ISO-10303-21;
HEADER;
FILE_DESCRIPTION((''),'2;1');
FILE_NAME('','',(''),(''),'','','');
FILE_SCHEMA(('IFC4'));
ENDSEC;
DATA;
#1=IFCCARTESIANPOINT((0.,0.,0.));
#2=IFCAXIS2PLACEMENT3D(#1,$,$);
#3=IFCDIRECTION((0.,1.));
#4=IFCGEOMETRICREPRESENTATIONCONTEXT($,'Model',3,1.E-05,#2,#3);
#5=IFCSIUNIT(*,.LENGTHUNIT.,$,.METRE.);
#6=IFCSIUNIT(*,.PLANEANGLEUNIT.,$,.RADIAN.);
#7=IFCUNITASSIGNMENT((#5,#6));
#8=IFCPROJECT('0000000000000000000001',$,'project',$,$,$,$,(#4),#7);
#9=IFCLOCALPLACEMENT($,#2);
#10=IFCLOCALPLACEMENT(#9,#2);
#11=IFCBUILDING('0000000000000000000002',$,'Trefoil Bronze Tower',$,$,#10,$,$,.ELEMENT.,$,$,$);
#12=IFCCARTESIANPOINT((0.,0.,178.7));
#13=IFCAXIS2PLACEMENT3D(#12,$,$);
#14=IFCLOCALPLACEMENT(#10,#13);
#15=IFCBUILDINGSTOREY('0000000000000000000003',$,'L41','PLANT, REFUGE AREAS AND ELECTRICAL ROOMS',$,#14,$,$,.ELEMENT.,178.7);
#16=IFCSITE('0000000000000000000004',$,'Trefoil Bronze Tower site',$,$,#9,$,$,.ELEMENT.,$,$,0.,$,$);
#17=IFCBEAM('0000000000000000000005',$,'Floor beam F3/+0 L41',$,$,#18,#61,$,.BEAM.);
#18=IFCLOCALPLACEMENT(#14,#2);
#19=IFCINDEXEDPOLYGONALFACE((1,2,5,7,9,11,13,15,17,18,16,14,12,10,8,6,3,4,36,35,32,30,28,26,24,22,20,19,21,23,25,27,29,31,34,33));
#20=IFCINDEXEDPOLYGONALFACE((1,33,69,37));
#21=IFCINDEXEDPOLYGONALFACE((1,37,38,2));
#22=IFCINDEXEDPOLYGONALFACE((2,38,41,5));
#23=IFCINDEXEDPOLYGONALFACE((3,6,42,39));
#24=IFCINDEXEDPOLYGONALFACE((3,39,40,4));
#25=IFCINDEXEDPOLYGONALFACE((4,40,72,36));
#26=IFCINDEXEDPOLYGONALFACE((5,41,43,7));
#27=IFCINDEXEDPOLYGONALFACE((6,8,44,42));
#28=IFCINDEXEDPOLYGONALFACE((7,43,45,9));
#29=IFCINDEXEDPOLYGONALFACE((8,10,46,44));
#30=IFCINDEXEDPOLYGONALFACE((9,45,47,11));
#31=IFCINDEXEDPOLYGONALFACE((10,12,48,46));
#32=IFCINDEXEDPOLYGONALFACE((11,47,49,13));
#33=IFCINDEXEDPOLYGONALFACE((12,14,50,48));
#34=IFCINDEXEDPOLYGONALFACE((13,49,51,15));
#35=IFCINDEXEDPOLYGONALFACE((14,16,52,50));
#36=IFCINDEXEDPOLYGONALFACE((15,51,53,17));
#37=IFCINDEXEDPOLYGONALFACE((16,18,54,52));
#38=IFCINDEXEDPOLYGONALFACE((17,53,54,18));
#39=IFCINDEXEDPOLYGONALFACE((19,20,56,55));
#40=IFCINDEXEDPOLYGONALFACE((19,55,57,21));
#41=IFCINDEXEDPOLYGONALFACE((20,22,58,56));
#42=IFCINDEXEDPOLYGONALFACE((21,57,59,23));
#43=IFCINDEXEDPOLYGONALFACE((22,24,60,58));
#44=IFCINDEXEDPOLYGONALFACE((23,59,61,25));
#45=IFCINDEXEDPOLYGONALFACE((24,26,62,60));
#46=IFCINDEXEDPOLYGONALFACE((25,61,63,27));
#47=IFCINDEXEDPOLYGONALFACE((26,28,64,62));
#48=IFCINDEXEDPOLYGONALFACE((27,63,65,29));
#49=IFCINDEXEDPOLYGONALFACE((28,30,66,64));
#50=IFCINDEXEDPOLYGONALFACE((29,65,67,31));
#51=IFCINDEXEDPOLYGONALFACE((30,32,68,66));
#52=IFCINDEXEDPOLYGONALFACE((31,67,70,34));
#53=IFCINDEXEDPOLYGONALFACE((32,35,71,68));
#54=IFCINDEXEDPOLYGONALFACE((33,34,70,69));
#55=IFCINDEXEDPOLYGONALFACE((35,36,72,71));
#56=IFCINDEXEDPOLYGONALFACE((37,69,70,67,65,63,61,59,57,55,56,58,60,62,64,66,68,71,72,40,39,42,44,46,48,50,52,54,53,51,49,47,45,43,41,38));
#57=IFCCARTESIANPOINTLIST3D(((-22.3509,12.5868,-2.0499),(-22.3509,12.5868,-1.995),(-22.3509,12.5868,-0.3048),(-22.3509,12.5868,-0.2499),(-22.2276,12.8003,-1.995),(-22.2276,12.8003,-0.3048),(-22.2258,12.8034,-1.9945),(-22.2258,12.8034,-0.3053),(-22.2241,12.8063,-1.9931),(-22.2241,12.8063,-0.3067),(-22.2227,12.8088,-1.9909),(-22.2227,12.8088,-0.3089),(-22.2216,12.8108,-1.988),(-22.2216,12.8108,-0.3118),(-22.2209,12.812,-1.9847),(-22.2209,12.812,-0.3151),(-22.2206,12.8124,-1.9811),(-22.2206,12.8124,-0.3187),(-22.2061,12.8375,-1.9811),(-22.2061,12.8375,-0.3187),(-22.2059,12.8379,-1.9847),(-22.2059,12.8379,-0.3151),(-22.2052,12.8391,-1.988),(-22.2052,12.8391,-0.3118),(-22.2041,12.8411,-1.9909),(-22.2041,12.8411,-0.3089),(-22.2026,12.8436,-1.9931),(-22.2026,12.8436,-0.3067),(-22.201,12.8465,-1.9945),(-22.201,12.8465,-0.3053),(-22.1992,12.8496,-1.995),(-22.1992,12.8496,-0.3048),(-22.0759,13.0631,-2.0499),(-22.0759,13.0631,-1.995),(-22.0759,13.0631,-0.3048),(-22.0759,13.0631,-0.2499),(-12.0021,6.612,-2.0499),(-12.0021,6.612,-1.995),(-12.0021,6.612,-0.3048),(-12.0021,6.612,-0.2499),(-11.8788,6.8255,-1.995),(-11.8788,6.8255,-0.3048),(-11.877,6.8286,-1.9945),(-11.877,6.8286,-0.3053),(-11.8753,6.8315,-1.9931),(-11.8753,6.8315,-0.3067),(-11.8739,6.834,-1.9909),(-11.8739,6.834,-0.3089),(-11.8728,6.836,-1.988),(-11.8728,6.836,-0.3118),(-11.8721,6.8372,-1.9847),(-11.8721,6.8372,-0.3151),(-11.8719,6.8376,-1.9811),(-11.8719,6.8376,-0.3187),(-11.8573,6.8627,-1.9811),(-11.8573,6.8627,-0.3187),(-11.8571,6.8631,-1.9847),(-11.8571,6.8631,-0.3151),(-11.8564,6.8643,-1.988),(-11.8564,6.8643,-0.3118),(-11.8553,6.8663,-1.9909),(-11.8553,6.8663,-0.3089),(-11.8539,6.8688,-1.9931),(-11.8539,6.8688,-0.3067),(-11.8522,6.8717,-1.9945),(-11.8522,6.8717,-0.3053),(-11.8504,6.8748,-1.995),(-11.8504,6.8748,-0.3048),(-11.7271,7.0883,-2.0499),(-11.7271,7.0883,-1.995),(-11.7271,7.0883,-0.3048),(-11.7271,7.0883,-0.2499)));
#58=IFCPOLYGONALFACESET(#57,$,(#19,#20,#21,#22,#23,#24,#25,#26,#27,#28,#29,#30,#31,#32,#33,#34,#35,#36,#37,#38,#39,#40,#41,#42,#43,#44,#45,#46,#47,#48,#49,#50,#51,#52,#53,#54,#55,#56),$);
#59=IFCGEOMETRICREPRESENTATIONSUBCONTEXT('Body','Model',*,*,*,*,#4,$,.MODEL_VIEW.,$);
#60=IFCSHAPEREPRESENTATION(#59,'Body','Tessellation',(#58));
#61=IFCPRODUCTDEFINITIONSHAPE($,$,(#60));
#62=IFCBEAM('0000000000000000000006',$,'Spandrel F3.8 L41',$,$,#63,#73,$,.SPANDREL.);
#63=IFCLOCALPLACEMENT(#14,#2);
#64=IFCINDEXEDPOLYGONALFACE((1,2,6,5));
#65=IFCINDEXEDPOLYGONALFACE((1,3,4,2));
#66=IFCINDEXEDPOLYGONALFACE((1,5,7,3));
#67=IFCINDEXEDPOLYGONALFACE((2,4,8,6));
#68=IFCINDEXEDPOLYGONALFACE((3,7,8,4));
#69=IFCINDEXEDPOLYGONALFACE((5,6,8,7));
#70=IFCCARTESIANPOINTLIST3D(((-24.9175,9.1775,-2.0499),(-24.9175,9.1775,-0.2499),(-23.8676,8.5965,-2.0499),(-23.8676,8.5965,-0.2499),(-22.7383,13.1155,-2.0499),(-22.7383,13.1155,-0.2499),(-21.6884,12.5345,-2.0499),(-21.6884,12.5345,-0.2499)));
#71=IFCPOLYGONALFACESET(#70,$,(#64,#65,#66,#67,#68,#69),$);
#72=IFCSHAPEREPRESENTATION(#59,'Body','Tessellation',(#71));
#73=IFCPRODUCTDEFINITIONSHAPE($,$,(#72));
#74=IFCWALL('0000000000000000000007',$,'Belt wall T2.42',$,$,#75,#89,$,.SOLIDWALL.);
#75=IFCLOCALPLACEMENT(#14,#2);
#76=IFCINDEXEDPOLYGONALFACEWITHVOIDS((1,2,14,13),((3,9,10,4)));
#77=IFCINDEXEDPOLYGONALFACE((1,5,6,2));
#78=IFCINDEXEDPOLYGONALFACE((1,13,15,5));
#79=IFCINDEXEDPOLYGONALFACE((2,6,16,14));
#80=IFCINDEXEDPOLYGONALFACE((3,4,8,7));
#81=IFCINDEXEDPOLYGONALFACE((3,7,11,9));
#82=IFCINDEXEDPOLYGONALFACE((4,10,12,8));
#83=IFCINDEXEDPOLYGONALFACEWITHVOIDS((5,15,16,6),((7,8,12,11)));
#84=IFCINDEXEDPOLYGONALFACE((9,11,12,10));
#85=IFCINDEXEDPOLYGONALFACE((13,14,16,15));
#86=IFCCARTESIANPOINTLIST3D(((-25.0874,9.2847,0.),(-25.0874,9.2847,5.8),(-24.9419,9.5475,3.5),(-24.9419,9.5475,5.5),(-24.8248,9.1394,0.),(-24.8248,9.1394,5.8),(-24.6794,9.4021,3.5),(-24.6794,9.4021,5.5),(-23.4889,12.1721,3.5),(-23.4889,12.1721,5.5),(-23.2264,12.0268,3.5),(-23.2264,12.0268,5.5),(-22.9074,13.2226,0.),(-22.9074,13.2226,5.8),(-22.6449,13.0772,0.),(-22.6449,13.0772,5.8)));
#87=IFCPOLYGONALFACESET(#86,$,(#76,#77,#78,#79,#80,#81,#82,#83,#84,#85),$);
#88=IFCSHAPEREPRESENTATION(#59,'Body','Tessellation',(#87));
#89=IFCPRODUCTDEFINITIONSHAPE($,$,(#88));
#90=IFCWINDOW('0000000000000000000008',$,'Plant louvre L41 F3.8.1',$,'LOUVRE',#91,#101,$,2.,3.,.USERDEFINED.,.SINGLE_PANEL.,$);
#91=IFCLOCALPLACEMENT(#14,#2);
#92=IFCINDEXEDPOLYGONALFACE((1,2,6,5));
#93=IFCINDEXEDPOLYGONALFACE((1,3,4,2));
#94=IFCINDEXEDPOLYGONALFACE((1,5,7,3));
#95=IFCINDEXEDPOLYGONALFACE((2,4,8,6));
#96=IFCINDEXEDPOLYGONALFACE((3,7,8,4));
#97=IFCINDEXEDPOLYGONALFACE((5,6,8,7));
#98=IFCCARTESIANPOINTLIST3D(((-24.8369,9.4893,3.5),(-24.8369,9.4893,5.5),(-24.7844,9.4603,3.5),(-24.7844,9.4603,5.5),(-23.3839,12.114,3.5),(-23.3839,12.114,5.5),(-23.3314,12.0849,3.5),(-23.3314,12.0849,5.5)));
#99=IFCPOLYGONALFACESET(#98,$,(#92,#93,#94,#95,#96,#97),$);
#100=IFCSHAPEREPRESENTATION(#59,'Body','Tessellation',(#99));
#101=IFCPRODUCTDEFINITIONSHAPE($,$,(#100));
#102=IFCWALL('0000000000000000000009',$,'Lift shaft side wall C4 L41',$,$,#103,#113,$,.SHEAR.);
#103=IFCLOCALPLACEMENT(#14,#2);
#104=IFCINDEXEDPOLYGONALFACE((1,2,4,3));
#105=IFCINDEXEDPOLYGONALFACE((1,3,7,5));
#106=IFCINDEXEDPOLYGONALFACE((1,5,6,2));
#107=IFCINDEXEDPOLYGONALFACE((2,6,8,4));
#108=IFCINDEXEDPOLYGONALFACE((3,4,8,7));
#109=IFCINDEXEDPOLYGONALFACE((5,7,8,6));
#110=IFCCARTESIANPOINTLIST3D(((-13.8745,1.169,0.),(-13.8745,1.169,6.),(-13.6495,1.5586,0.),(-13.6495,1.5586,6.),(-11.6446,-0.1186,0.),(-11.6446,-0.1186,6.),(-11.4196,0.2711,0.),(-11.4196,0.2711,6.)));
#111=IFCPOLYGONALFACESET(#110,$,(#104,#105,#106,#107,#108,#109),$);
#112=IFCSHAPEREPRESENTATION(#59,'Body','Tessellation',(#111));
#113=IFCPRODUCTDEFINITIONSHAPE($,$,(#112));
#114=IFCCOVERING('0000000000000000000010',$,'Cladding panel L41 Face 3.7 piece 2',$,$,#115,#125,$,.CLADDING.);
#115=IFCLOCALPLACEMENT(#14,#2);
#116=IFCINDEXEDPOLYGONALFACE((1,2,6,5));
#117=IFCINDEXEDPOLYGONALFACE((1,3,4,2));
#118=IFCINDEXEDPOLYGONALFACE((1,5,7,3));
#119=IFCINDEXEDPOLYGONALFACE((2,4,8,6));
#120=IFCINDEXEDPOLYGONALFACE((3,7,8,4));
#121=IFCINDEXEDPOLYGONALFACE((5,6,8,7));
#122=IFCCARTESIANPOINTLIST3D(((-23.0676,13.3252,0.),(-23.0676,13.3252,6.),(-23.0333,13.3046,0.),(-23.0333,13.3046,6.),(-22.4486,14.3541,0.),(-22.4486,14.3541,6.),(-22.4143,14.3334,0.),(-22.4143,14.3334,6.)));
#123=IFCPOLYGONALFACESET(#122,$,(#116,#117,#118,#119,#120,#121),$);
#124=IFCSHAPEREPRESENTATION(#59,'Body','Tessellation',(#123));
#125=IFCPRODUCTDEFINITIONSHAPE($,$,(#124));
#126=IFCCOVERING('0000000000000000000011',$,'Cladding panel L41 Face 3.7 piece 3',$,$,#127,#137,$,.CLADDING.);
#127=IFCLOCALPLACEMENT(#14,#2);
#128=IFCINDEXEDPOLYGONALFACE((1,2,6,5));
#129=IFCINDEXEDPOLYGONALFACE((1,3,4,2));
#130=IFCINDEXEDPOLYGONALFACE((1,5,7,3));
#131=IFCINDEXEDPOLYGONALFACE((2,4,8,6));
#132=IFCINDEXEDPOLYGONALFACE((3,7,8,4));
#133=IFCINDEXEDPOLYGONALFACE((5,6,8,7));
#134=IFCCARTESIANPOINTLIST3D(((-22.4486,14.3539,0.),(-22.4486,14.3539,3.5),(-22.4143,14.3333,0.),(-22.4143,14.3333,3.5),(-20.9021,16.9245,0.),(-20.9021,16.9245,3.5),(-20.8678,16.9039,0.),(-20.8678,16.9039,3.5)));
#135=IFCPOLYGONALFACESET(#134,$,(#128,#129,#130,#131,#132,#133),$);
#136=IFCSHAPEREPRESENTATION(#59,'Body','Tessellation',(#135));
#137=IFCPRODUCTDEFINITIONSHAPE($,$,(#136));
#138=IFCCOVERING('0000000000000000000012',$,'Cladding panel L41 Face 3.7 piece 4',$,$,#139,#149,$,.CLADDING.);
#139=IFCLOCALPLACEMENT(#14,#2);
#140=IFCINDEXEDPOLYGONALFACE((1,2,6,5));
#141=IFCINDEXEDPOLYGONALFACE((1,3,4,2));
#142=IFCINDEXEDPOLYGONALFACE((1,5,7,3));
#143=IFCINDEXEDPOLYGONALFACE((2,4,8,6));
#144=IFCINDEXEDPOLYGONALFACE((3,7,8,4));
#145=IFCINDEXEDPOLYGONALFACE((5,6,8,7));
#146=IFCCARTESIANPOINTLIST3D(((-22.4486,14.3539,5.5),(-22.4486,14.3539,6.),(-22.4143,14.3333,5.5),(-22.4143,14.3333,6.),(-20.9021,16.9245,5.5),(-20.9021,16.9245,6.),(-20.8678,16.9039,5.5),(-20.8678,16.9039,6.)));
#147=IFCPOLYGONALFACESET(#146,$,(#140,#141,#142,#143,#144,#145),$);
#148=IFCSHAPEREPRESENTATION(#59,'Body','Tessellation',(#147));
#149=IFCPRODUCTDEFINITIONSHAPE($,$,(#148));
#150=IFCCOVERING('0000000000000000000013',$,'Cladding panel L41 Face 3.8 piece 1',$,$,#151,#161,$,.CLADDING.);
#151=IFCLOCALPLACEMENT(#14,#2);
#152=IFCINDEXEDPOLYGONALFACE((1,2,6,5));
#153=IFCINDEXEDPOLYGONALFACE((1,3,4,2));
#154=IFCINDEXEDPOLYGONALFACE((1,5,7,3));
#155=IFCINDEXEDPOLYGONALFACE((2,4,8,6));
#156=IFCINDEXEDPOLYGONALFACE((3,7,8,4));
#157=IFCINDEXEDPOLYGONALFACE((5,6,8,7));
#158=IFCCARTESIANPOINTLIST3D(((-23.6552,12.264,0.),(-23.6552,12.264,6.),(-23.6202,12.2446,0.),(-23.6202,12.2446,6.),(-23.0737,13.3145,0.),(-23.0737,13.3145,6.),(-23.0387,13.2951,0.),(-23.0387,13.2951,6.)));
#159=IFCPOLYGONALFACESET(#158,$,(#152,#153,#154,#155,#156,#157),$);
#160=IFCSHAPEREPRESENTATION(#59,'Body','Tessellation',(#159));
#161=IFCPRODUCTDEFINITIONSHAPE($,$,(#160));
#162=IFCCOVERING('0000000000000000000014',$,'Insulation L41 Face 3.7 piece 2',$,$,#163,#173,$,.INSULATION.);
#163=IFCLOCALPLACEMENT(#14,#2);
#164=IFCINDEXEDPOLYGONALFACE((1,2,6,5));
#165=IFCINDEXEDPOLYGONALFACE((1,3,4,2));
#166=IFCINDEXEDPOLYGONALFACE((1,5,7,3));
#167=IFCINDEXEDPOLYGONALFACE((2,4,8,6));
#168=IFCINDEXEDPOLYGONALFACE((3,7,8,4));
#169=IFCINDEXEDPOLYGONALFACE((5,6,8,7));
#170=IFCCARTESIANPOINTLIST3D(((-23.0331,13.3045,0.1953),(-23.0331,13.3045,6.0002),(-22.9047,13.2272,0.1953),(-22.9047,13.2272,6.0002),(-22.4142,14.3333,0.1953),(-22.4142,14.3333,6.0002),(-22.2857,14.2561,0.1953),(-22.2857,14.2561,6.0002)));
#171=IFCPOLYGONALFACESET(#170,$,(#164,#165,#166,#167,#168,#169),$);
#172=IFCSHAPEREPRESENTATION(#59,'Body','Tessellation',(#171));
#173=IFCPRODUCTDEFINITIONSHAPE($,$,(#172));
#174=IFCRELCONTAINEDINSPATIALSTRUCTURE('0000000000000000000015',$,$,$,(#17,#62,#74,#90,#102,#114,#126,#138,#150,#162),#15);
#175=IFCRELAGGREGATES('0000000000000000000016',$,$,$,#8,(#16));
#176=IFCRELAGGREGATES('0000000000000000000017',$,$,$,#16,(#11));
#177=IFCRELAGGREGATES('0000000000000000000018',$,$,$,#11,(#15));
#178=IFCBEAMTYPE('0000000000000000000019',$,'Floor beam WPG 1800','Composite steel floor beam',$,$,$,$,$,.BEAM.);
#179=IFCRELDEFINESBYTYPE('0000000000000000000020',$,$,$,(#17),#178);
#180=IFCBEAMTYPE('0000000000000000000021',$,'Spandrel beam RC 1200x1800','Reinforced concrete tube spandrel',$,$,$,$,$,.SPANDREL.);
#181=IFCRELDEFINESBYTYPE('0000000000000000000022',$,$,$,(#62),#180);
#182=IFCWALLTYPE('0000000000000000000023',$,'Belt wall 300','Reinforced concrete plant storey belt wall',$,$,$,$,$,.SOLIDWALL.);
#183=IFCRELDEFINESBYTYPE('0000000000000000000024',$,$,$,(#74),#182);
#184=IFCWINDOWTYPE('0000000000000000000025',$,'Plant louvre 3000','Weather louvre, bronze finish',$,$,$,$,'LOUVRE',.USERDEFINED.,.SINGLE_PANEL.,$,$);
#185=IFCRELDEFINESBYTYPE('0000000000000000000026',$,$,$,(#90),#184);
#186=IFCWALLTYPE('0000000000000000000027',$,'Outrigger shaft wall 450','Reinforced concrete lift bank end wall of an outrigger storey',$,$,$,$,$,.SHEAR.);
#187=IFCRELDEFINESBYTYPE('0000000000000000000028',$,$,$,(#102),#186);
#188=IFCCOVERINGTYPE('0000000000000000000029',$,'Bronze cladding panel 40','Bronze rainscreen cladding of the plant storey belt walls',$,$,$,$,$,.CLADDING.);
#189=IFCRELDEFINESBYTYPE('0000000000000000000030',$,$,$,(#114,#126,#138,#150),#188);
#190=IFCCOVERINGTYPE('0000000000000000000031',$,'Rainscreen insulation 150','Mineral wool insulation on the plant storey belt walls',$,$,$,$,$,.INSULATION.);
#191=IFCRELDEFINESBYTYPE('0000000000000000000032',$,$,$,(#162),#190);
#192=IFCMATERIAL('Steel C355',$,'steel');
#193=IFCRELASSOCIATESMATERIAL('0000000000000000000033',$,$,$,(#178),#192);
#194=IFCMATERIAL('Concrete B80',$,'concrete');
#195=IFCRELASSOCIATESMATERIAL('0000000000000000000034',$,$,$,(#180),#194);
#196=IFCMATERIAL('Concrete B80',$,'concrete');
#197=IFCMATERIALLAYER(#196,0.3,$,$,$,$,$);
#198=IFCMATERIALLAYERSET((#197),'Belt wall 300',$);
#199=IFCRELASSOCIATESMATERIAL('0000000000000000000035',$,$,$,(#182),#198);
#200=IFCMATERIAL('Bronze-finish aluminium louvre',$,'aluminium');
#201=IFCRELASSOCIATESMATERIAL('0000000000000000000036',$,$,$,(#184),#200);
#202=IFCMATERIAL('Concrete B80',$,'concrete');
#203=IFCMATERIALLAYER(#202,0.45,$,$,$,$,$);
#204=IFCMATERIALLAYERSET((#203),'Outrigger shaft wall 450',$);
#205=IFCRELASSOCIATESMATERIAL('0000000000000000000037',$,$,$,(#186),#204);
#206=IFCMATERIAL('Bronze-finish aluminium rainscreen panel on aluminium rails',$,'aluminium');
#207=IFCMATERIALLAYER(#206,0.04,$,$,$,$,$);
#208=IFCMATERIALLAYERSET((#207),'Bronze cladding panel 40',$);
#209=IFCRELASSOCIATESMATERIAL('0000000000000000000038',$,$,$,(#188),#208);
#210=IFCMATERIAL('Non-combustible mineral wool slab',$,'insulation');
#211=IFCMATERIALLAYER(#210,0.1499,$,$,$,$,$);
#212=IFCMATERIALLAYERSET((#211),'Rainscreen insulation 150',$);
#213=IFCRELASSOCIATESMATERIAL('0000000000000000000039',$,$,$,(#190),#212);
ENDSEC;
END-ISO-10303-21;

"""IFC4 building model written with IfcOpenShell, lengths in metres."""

from ifc_helpers import new_model, si_unit, direction, frame, frame_2d, origin, origin_2d, place, context, subcontext, project, spatial, rectangle, i_section, extrude, material, layer, layer_set, material_profile, profile_set, type_object, element, fill, save


model = new_model("IFC4")

# Units and contexts
model_context = context("Model", 3, precision=1e-05, world=origin(), true_north=direction((0.0, 1.0)))
body_context = subcontext(model_context, "Body", "Model", "MODEL_VIEW")
ifc_project = project(units=[si_unit("LENGTHUNIT", "METRE"), si_unit("PLANEANGLEUNIT", "RADIAN")], contexts=[model_context])

# Site, building, storey
site_placement = place(None, origin())
site = spatial("IfcSite", under=ifc_project, at=site_placement, Name="Trefoil Bronze Tower site", CompositionType="ELEMENT", RefElevation=0.0)
building_placement = place(site_placement, origin())
building = spatial("IfcBuilding", under=site, at=building_placement, Name="Trefoil Bronze Tower", CompositionType="ELEMENT")
storey_placement = place(building_placement, frame((0.0, 0.0, 178.7)))
storey = spatial("IfcBuildingStorey", under=building, at=storey_placement, Name="L41", Description="PLANT, REFUGE AREAS AND ELECTRICAL ROOMS", CompositionType="ELEMENT", Elevation=178.7)

# Beams
ifc_material_1 = material(Name="Steel C355", Category="steel")
ifc_material_profile_1 = material_profile(ifc_material_1, i_section(OverallWidth=0.55, OverallDepth=1.8, WebThickness=0.0291, FlangeThickness=0.0549, FilletRadius=0.0139, at=origin_2d()), Name="WPG 1800")
ifc_profile_set_1 = profile_set([ifc_material_profile_1], Name="Steel C355")
beam_type_1 = type_object("IfcBeamType", Name="Floor beam WPG 1800", Description="Composite steel floor beam", PredefinedType="BEAM", material=ifc_profile_set_1)
beam_1_placement = place(storey_placement, frame((-22.2134, 12.825, -1.1499), z_axis=(0.866028, -0.499995, 0.0), x_axis=(0.499995, 0.866028, 0.0)))
element("IfcBeam", 1, at=beam_1_placement, inside=storey, type_object=beam_type_1, Name="Floor beam F3/+0 L41", PredefinedType="BEAM", context=body_context, shape_type="SweptSolid", body=[
    extrude(i_section(OverallWidth=0.55, OverallDepth=1.8, WebThickness=0.0291, FlangeThickness=0.0549, FilletRadius=0.0139, at=origin_2d()), origin(), (0.0, 0.0, 1.0), 11.9497),
])
ifc_material_2 = material(Name="Concrete B80", Category="concrete")
ifc_material_profile_2 = material_profile(ifc_material_2, rectangle(XDim=1.2, YDim=1.8, at=origin_2d()), Name="RC 1200x1800")
ifc_profile_set_2 = profile_set([ifc_material_profile_2], Name="Concrete B80")
beam_type_2 = type_object("IfcBeamType", Name="Spandrel beam RC 1200x1800", Description="Reinforced concrete tube spandrel", PredefinedType="SPANDREL", material=ifc_profile_set_2)
beam_2_placement = place(storey_placement, frame((-22.2134, 12.825, -1.1499), z_axis=(-0.484187, -0.874965, 0.0), x_axis=(0.874965, -0.484187, 0.0)))
element("IfcBeam", 2, at=beam_2_placement, inside=storey, type_object=beam_type_2, Name="Spandrel F3.8 L41", PredefinedType="SPANDREL", context=body_context, shape_type="SweptSolid", body=[
    extrude(rectangle(XDim=1.2, YDim=1.8, at=origin_2d()), origin(), (0.0, 0.0, 1.0), 4.5007),
])

# Wall, opening, window
ifc_material_3 = material(Name="Concrete B80", Category="concrete")
ifc_layer_1 = layer(ifc_material_3, 0.3)
ifc_layer_set_1 = layer_set([ifc_layer_1], Name="Belt wall 300")
wall_type_1 = type_object("IfcWallType", Name="Belt wall 300", Description="Reinforced concrete plant storey belt wall", PredefinedType="SOLIDWALL", material=ifc_layer_set_1)
wall_1_placement = place(storey_placement, frame((-22.7761, 13.1499, 0.0), z_axis=(0.0, 0.0, 1.0), x_axis=(-0.484334, -0.874883, 0.0)))
wall_1 = element("IfcWall", 3, at=wall_1_placement, inside=storey, type_object=wall_type_1, Name="Belt wall T2.42", PredefinedType="SOLIDWALL", context=body_context, shape_type="SweptSolid", body=[
    extrude(rectangle(XDim=4.501, YDim=0.3, at=frame_2d((2.2505, 0.0))), origin(), (0.0, 0.0, 1.0), 5.8),
])
opening_placement = place(wall_1_placement, frame((1.2007, 0.0, 3.5)))
opening = element("IfcOpeningElement", 4, at=opening_placement, cuts=wall_1, PredefinedType="OPENING", context=body_context, shape_type="SweptSolid", body=[
    extrude(rectangle(XDim=3.0, YDim=2.0, at=frame_2d((1.5, 1.0))), frame((0.0, 0.1599, 0.0), z_axis=(0.0, -1.0, 0.0), x_axis=(1.0, 0.0, 0.0)), (0.0, 0.0, 1.0), 0.3201),
])
ifc_material_4 = material(Name="Bronze-finish aluminium louvre", Category="aluminium")
window_type = type_object("IfcWindowType", Name="Plant louvre 3000", Description="Weather louvre, bronze finish", ElementType="LOUVRE", PartitioningType="SINGLE_PANEL", PredefinedType="USERDEFINED", material=ifc_material_4)
window_placement = place(opening_placement, origin())
window = element("IfcWindow", 5, at=window_placement, inside=storey, type_object=window_type, Name="Plant louvre L41 F3.8.1", ObjectType="LOUVRE", OverallHeight=2.0, OverallWidth=3.0, PartitioningType="SINGLE_PANEL", PredefinedType="USERDEFINED", context=body_context, shape_type="SweptSolid", body=[
    extrude(rectangle(XDim=3.0, YDim=2.0, at=frame_2d((1.5, 1.0))), frame((0.0, 0.03, 0.0), z_axis=(0.0, -1.0, 0.0), x_axis=(1.0, 0.0, 0.0)), (0.0, 0.0, 1.0), 0.0601),
])
fill(opening, window)

# Wall
ifc_material_5 = material(Name="Concrete B80", Category="concrete")
ifc_layer_2 = layer(ifc_material_5, 0.45)
ifc_layer_set_2 = layer_set([ifc_layer_2], Name="Outrigger shaft wall 450")
wall_type_2 = type_object("IfcWallType", Name="Outrigger shaft wall 450", Description="Reinforced concrete lift bank end wall of an outrigger storey", PredefinedType="SHEAR", material=ifc_layer_set_2)
wall_2_placement = place(storey_placement, frame((-11.532, 0.0762, 0.0), z_axis=(0.0, 0.0, 1.0), x_axis=(-0.866006, 0.500034, 0.0)))
element("IfcWall", 6, at=wall_2_placement, inside=storey, type_object=wall_type_2, Name="Lift shaft side wall C4 L41", PredefinedType="SHEAR", context=body_context, shape_type="SweptSolid", body=[
    extrude(rectangle(XDim=2.575, YDim=0.45, at=frame_2d((1.2876, 0.0))), origin(), (0.0, 0.0, 1.0), 6.0),
])

# Coverings
ifc_material_6 = material(Name="Bronze-finish aluminium rainscreen panel on aluminium rails", Category="aluminium")
ifc_layer_3 = layer(ifc_material_6, 0.04)
ifc_layer_set_3 = layer_set([ifc_layer_3], Name="Bronze cladding panel 40")
covering_type_1 = type_object("IfcCoveringType", Name="Bronze cladding panel 40", Description="Bronze rainscreen cladding of the plant storey belt walls", PredefinedType="CLADDING", material=ifc_layer_set_3)
covering_1_placement = place(storey_placement, frame((-22.741, 13.8293, 0.0), z_axis=(0.0, 0.0, 1.0), x_axis=(-0.515525, -0.856874, 0.0)))
element("IfcCovering", 7, at=covering_1_placement, inside=storey, type_object=covering_type_1, Name="Cladding panel L41 Face 3.7 piece 2", PredefinedType="CLADDING", context=body_context, shape_type="SweptSolid", body=[
    extrude(rectangle(XDim=1.2007, YDim=0.04, at=origin_2d()), origin(), (0.0, 0.0, 1.0), 6.0),
])
covering_2_placement = place(storey_placement, frame((-21.6582, 15.6289, 0.0), z_axis=(0.0, 0.0, 1.0), x_axis=(-0.515525, -0.856874, 0.0)))
element("IfcCovering", 8, at=covering_2_placement, inside=storey, type_object=covering_type_1, Name="Cladding panel L41 Face 3.7 piece 3", PredefinedType="CLADDING", context=body_context, shape_type="SweptSolid", body=[
    extrude(rectangle(XDim=3.0, YDim=0.04, at=origin_2d()), origin(), (0.0, 0.0, 1.0), 3.5),
])
covering_3_placement = place(storey_placement, frame((-21.6582, 15.6289, 5.5), z_axis=(0.0, 0.0, 1.0), x_axis=(-0.515525, -0.856874, 0.0)))
element("IfcCovering", 9, at=covering_3_placement, inside=storey, type_object=covering_type_1, Name="Cladding panel L41 Face 3.7 piece 4", PredefinedType="CLADDING", context=body_context, shape_type="SweptSolid", body=[
    extrude(rectangle(XDim=3.0, YDim=0.04, at=origin_2d()), origin(), (0.0, 0.0, 1.0), 0.5),
])
covering_4_placement = place(storey_placement, frame((-23.3469, 12.7795, 0.0), z_axis=(0.0, 0.0, 1.0), x_axis=(-0.484312, -0.874895, 0.0)))
element("IfcCovering", 10, at=covering_4_placement, inside=storey, type_object=covering_type_1, Name="Cladding panel L41 Face 3.8 piece 1", PredefinedType="CLADDING", context=body_context, shape_type="SweptSolid", body=[
    extrude(rectangle(XDim=1.2007, YDim=0.04, at=origin_2d()), origin(), (0.0, 0.0, 1.0), 6.0),
])
ifc_material_7 = material(Name="Non-combustible mineral wool slab", Category="insulation")
ifc_layer_4 = layer(ifc_material_7, 0.1499)
ifc_layer_set_4 = layer_set([ifc_layer_4], Name="Rainscreen insulation 150")
covering_type_2 = type_object("IfcCoveringType", Name="Rainscreen insulation 150", Description="Mineral wool insulation on the plant storey belt walls", PredefinedType="INSULATION", material=ifc_layer_set_4)
covering_5_placement = place(storey_placement, frame((-22.6594, 13.7803, 0.1953), z_axis=(0.0, 0.0, 1.0), x_axis=(-0.515525, -0.856874, 0.0)))
element("IfcCovering", 11, at=covering_5_placement, inside=storey, type_object=covering_type_2, Name="Insulation L41 Face 3.7 piece 2", PredefinedType="INSULATION", context=body_context, shape_type="SweptSolid", body=[
    extrude(rectangle(XDim=1.2007, YDim=0.1499, at=origin_2d()), origin(), (0.0, 0.0, 1.0), 5.8049),
])

save(model, "model.ifc")
